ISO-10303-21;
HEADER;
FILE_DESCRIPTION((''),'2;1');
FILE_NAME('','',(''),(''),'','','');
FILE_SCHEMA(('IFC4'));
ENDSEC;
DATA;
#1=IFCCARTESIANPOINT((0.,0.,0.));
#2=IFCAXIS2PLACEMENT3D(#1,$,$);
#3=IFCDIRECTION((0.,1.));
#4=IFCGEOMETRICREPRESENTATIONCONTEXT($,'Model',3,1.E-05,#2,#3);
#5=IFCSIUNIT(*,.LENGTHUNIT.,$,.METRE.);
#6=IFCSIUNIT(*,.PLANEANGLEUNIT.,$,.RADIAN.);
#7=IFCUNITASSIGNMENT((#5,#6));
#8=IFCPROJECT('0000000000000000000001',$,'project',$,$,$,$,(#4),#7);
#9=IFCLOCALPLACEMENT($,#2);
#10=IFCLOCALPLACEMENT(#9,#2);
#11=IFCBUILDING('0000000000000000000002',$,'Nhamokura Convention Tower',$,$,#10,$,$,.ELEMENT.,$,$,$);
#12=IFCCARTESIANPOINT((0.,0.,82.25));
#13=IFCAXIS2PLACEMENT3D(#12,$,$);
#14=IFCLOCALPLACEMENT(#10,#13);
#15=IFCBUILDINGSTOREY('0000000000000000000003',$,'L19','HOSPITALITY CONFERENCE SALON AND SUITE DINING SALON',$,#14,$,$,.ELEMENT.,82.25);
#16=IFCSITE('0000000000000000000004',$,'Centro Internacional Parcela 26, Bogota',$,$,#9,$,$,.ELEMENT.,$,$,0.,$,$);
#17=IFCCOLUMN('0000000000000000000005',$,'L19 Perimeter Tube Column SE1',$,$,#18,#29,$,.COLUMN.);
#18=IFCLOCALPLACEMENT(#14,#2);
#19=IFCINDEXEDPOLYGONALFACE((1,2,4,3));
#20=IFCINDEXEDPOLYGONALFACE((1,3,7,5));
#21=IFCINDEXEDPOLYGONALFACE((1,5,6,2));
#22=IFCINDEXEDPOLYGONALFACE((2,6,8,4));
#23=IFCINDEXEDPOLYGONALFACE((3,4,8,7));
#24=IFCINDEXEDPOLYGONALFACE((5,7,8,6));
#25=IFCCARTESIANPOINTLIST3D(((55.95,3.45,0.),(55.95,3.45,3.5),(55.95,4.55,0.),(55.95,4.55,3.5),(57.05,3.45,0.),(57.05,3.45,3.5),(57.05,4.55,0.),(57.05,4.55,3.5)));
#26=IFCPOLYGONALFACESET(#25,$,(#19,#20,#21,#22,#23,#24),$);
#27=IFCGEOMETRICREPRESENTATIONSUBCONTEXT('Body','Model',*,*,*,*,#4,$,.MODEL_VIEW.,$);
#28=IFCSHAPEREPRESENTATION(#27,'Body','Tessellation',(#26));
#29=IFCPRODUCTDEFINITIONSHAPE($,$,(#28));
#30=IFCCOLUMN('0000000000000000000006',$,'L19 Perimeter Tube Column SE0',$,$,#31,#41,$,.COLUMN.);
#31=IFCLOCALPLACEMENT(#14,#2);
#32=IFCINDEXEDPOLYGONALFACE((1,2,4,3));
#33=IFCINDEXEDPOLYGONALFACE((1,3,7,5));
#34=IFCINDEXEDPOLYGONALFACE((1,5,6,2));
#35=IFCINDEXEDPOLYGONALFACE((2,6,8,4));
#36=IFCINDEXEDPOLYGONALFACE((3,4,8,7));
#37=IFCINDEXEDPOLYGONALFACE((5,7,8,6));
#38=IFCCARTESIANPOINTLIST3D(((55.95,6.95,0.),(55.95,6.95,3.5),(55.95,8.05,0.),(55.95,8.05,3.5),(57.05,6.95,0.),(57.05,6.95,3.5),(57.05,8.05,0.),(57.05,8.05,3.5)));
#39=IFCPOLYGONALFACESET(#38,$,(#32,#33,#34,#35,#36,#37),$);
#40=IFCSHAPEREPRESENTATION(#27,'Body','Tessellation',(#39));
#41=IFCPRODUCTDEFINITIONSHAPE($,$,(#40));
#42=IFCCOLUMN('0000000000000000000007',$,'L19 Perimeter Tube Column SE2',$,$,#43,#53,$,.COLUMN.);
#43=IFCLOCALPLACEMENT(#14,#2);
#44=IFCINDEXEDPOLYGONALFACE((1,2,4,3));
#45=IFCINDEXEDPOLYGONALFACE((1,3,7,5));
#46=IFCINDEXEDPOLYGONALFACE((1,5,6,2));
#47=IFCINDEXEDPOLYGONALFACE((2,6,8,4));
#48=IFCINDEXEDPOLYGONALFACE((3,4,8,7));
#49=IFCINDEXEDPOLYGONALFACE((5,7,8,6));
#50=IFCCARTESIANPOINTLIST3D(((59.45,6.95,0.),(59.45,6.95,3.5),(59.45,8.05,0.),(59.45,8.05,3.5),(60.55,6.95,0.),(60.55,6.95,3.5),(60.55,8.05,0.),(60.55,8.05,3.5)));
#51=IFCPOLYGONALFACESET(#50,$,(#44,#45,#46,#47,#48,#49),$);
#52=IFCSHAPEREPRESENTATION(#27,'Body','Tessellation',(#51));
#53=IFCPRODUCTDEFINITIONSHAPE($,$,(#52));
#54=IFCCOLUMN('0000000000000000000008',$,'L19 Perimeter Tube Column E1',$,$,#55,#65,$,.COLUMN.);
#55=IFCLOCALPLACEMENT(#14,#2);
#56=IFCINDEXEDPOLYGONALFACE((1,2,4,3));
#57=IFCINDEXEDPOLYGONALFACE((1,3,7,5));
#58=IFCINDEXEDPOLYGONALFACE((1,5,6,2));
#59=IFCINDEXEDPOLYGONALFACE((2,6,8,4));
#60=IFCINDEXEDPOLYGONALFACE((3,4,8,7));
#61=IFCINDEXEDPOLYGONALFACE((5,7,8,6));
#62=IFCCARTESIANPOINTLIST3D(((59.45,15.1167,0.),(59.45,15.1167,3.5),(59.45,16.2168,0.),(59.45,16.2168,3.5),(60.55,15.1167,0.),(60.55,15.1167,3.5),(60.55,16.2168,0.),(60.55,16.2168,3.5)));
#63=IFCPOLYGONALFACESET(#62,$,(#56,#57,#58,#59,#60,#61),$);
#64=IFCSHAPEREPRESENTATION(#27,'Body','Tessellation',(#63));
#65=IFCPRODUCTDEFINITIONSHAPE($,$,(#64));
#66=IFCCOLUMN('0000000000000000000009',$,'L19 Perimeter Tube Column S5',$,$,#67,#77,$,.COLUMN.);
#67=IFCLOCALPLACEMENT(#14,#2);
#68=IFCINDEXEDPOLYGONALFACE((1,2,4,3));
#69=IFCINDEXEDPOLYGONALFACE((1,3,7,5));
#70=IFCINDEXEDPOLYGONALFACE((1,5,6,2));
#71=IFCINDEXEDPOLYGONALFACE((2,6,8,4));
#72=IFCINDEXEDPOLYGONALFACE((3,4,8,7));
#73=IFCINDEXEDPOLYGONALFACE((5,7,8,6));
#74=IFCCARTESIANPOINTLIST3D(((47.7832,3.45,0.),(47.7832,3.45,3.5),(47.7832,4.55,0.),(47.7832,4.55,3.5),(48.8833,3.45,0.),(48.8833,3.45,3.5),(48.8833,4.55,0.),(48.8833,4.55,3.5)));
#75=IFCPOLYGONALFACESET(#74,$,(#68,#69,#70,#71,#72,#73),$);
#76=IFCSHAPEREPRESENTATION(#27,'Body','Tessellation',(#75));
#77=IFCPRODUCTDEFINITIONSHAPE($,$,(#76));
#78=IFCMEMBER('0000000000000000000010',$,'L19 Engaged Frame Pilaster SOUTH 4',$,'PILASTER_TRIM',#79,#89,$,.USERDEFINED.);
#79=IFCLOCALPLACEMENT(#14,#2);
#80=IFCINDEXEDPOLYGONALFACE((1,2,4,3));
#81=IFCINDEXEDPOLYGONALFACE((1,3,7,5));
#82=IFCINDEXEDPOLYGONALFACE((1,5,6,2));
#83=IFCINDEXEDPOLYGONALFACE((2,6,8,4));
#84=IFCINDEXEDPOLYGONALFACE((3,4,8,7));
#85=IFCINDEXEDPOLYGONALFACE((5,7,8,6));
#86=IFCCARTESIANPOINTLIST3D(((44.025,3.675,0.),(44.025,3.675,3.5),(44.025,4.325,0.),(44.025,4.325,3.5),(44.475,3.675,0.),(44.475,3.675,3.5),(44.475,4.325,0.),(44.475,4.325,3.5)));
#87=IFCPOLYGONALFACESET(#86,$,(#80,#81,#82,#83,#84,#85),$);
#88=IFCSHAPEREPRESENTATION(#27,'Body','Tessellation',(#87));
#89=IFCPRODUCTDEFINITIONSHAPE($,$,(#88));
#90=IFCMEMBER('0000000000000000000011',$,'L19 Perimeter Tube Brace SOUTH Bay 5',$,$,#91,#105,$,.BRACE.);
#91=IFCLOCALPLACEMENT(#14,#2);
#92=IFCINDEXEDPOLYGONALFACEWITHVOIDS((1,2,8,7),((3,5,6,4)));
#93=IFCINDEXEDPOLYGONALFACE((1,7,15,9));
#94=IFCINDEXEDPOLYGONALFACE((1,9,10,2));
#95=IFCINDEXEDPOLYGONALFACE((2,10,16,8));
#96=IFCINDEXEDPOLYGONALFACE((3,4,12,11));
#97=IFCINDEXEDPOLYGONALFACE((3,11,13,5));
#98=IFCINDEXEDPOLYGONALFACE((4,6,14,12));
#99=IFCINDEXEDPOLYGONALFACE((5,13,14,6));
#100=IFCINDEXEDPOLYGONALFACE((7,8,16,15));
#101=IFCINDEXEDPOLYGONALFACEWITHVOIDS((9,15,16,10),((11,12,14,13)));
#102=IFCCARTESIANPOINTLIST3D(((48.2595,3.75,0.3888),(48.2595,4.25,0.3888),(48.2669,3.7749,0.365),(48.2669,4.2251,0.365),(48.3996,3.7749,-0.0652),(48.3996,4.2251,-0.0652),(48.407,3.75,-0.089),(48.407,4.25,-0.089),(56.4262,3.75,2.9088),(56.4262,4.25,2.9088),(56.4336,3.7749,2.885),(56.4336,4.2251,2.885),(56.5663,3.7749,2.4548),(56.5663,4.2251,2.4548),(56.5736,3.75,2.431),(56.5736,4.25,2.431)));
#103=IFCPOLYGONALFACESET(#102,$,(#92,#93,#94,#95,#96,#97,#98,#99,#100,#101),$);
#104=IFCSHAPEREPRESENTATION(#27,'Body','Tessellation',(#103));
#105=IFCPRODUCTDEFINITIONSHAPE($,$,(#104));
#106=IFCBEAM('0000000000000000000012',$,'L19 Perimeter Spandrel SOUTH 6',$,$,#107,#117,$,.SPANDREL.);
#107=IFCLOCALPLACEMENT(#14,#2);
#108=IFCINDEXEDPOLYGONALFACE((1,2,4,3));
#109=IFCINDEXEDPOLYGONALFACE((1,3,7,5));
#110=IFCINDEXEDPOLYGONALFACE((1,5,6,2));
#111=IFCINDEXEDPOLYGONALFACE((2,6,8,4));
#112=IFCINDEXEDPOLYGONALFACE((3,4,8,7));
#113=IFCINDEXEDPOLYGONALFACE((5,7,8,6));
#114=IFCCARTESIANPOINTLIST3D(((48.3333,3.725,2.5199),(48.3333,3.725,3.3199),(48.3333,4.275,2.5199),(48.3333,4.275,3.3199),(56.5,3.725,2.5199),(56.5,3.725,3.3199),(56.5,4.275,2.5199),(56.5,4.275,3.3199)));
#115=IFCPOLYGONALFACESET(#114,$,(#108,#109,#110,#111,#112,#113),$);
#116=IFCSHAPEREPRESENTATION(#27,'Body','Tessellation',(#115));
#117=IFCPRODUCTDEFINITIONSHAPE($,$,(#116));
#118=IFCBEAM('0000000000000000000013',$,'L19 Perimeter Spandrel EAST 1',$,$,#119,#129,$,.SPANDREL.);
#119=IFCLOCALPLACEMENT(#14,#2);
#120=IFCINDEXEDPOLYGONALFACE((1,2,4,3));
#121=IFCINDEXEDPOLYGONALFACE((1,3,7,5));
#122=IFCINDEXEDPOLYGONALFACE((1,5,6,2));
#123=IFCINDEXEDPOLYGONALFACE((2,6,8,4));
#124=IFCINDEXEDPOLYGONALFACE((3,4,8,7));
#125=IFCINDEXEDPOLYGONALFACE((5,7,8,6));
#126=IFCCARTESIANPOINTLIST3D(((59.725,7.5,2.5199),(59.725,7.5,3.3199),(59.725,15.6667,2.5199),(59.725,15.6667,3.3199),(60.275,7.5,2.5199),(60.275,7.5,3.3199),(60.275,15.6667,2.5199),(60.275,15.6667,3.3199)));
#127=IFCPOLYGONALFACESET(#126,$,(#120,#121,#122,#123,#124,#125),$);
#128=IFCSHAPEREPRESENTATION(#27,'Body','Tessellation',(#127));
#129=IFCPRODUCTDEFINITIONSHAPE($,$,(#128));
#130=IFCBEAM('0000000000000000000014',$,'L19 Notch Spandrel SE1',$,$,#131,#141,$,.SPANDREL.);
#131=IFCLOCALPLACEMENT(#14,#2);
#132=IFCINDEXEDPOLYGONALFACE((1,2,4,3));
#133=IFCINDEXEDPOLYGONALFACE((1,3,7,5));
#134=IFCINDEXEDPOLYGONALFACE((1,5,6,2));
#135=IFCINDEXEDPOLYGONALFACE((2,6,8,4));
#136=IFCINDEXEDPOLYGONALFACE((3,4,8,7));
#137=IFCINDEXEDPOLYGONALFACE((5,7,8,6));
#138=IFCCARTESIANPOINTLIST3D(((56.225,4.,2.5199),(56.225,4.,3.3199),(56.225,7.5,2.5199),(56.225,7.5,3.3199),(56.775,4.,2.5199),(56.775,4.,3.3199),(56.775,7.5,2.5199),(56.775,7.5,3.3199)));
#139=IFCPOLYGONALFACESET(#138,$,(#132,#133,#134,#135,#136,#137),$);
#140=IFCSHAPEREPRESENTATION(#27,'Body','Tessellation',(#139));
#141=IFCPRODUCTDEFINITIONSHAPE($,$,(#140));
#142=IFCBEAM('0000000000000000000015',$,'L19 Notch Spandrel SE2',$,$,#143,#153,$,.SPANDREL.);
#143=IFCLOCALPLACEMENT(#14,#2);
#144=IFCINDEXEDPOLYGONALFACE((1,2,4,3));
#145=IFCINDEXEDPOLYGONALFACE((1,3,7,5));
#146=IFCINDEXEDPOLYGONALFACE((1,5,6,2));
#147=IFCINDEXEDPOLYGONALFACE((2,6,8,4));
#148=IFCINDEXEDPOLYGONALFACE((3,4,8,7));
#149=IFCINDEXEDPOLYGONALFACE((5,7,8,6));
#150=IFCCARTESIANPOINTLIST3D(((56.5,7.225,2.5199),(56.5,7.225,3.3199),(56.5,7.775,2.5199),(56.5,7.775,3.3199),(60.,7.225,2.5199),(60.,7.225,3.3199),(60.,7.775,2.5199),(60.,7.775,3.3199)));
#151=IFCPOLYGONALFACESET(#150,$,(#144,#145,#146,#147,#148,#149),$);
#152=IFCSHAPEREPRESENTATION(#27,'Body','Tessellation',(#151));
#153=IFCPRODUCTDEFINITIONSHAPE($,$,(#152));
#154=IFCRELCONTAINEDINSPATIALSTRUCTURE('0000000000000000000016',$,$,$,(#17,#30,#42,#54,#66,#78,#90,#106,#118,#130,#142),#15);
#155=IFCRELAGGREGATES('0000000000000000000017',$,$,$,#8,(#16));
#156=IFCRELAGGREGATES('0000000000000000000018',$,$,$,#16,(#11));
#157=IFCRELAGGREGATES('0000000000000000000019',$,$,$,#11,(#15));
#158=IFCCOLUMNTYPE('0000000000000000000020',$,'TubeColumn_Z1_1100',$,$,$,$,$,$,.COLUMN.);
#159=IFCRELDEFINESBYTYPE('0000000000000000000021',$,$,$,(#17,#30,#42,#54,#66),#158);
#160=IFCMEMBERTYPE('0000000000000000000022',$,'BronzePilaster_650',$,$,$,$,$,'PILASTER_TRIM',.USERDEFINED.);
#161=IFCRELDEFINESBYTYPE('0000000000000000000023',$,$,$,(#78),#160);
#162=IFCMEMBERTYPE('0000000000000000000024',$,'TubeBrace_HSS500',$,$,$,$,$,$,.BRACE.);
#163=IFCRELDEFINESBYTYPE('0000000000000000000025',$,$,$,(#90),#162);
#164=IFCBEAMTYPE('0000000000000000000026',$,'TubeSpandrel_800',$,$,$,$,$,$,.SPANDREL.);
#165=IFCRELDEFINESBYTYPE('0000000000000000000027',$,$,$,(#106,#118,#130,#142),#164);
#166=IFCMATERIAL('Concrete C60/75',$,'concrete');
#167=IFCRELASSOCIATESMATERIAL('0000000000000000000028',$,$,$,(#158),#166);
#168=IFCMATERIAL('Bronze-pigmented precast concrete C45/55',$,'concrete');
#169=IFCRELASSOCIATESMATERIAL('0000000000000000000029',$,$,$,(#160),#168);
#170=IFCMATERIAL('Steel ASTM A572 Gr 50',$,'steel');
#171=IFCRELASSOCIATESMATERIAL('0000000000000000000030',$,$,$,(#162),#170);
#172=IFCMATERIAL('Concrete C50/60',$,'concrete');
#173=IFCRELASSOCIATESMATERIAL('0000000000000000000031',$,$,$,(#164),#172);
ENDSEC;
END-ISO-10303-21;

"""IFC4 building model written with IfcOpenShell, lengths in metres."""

from ifc_helpers import new_model, si_unit, direction, frame, origin, origin_2d, place, context, subcontext, project, spatial, rectangle, hollow_rectangle, extrude, material, material_profile, profile_set, type_object, element, save


model = new_model("IFC4")

# Units and contexts
model_context = context("Model", 3, precision=1e-05, world=origin(), true_north=direction((0.0, 1.0)))
body_context = subcontext(model_context, "Body", "Model", "MODEL_VIEW")
ifc_project = project(units=[si_unit("LENGTHUNIT", "METRE"), si_unit("PLANEANGLEUNIT", "RADIAN")], contexts=[model_context])

# Site, building, storey
site_placement = place(None, origin())
site = spatial("IfcSite", under=ifc_project, at=site_placement, Name="Centro Internacional Parcela 26, Bogota", CompositionType="ELEMENT", RefElevation=0.0)
building_placement = place(site_placement, origin())
building = spatial("IfcBuilding", under=site, at=building_placement, Name="Nhamokura Convention Tower", CompositionType="ELEMENT")
storey_placement = place(building_placement, frame((0.0, 0.0, 82.25)))
storey = spatial("IfcBuildingStorey", under=building, at=storey_placement, Name="L19", Description="HOSPITALITY CONFERENCE SALON AND SUITE DINING SALON", CompositionType="ELEMENT", Elevation=82.25)

# Columns
ifc_material_1 = material(Name="Concrete C60/75", Category="concrete")
ifc_material_profile_1 = material_profile(ifc_material_1, rectangle(XDim=1.1001, YDim=1.1001, at=origin_2d()))
ifc_profile_set_1 = profile_set([ifc_material_profile_1], Name="Concrete C60/75")
column_type = type_object("IfcColumnType", Name="TubeColumn_Z1_1100", PredefinedType="COLUMN", material=ifc_profile_set_1)
for number, where, z_axis, x_axis, name in (
    (1, (56.5, 4.0, 0.0), (0.0, 0.0, 1.0), (1.0, 0.0, 0.0), "L19 Perimeter Tube Column SE1"),
    (2, (56.5, 7.5, 0.0), (0.0, 0.0, 1.0), (1.0, 0.0, 0.0), "L19 Perimeter Tube Column SE0"),
    (3, (60.0, 7.5, 0.0), (0.0, 0.0, 1.0), (1.0, 0.0, 0.0), "L19 Perimeter Tube Column SE2"),
    (4, (60.0, 15.6667, 0.0), (0.0, 0.0, 1.0), (1.0, 0.0, 0.0), "L19 Perimeter Tube Column E1"),
    (5, (48.3333, 4.0, 0.0), (0.0, 0.0, 1.0), (1.0, 0.0, 0.0), "L19 Perimeter Tube Column S5"),
):
    element("IfcColumn", number, at=place(storey_placement, frame(where, z_axis=z_axis, x_axis=x_axis)), inside=storey, type_object=column_type, Name=name, PredefinedType="COLUMN", context=body_context, shape_type="SweptSolid", body=[
        extrude(rectangle(XDim=1.1001, YDim=1.1001, at=origin_2d()), origin(), (0.0, 0.0, 1.0), 3.5),
    ])

# Members
ifc_material_2 = material(Name="Bronze-pigmented precast concrete C45/55", Category="concrete")
ifc_material_profile_2 = material_profile(ifc_material_2, rectangle(XDim=0.45, YDim=0.6499, at=origin_2d()))
ifc_profile_set_2 = profile_set([ifc_material_profile_2], Name="Bronze-pigmented precast concrete C45/55")
member_type_1 = type_object("IfcMemberType", Name="BronzePilaster_650", ElementType="PILASTER_TRIM", PredefinedType="USERDEFINED", material=ifc_profile_set_2)
member_1_placement = place(storey_placement, frame((44.25, 4.0, 0.0), z_axis=(0.0, 0.0, 1.0), x_axis=(1.0, 0.0, 0.0)))
element("IfcMember", 6, at=member_1_placement, inside=storey, type_object=member_type_1, Name="L19 Engaged Frame Pilaster SOUTH 4", ObjectType="PILASTER_TRIM", PredefinedType="USERDEFINED", context=body_context, shape_type="SweptSolid", body=[
    extrude(rectangle(XDim=0.45, YDim=0.6499, at=origin_2d()), origin(), (0.0, 0.0, 1.0), 3.5),
])
ifc_material_3 = material(Name="Steel ASTM A572 Gr 50", Category="steel")
ifc_material_profile_3 = material_profile(ifc_material_3, hollow_rectangle(XDim=0.5, YDim=0.5, WallThickness=0.0249, at=origin_2d()))
ifc_profile_set_3 = profile_set([ifc_material_profile_3], Name="Steel ASTM A572 Gr 50")
member_type_2 = type_object("IfcMemberType", Name="TubeBrace_HSS500", PredefinedType="BRACE", material=ifc_profile_set_3)
member_2_placement = place(storey_placement, frame((48.3333, 4.0, 0.1499), z_axis=(0.955543, 0.0, 0.294853), x_axis=(0.0, 1.0, 0.0)))
element("IfcMember", 7, at=member_2_placement, inside=storey, type_object=member_type_2, Name="L19 Perimeter Tube Brace SOUTH Bay 5", PredefinedType="BRACE", context=body_context, shape_type="SweptSolid", body=[
    extrude(hollow_rectangle(XDim=0.5, YDim=0.5, WallThickness=0.0249, at=origin_2d()), origin(), (0.0, 0.0, 1.0), 8.5466),
])

# Beams
ifc_material_4 = material(Name="Concrete C50/60", Category="concrete")
ifc_material_profile_4 = material_profile(ifc_material_4, rectangle(XDim=0.55, YDim=0.8, at=origin_2d()))
ifc_profile_set_4 = profile_set([ifc_material_profile_4], Name="Concrete C50/60")
beam_type = type_object("IfcBeamType", Name="TubeSpandrel_800", PredefinedType="SPANDREL", material=ifc_profile_set_4)
for number, where, z_axis, x_axis, name in (
    (8, (48.3333, 4.0, 2.9199), (1.0, 0.0, 0.0), (0.0, 1.0, 0.0), "L19 Perimeter Spandrel SOUTH 6"),
    (9, (60.0, 7.5, 2.9199), (0.0, 1.0, 0.0), (-1.0, 0.0, 0.0), "L19 Perimeter Spandrel EAST 1"),
):
    element("IfcBeam", number, at=place(storey_placement, frame(where, z_axis=z_axis, x_axis=x_axis)), inside=storey, type_object=beam_type, Name=name, PredefinedType="SPANDREL", context=body_context, shape_type="SweptSolid", body=[
        extrude(rectangle(XDim=0.55, YDim=0.8, at=origin_2d()), origin(), (0.0, 0.0, 1.0), 8.1667),
    ])
for number, where, z_axis, x_axis, name in (
    (10, (56.5, 4.0, 2.9199), (0.0, 1.0, 0.0), (-1.0, 0.0, 0.0), "L19 Notch Spandrel SE1"),
    (11, (56.5, 7.5, 2.9199), (1.0, 0.0, 0.0), (0.0, 1.0, 0.0), "L19 Notch Spandrel SE2"),
):
    element("IfcBeam", number, at=place(storey_placement, frame(where, z_axis=z_axis, x_axis=x_axis)), inside=storey, type_object=beam_type, Name=name, PredefinedType="SPANDREL", context=body_context, shape_type="SweptSolid", body=[
        extrude(rectangle(XDim=0.55, YDim=0.8, at=origin_2d()), origin(), (0.0, 0.0, 1.0), 3.5),
    ])

save(model, "model.ifc")
